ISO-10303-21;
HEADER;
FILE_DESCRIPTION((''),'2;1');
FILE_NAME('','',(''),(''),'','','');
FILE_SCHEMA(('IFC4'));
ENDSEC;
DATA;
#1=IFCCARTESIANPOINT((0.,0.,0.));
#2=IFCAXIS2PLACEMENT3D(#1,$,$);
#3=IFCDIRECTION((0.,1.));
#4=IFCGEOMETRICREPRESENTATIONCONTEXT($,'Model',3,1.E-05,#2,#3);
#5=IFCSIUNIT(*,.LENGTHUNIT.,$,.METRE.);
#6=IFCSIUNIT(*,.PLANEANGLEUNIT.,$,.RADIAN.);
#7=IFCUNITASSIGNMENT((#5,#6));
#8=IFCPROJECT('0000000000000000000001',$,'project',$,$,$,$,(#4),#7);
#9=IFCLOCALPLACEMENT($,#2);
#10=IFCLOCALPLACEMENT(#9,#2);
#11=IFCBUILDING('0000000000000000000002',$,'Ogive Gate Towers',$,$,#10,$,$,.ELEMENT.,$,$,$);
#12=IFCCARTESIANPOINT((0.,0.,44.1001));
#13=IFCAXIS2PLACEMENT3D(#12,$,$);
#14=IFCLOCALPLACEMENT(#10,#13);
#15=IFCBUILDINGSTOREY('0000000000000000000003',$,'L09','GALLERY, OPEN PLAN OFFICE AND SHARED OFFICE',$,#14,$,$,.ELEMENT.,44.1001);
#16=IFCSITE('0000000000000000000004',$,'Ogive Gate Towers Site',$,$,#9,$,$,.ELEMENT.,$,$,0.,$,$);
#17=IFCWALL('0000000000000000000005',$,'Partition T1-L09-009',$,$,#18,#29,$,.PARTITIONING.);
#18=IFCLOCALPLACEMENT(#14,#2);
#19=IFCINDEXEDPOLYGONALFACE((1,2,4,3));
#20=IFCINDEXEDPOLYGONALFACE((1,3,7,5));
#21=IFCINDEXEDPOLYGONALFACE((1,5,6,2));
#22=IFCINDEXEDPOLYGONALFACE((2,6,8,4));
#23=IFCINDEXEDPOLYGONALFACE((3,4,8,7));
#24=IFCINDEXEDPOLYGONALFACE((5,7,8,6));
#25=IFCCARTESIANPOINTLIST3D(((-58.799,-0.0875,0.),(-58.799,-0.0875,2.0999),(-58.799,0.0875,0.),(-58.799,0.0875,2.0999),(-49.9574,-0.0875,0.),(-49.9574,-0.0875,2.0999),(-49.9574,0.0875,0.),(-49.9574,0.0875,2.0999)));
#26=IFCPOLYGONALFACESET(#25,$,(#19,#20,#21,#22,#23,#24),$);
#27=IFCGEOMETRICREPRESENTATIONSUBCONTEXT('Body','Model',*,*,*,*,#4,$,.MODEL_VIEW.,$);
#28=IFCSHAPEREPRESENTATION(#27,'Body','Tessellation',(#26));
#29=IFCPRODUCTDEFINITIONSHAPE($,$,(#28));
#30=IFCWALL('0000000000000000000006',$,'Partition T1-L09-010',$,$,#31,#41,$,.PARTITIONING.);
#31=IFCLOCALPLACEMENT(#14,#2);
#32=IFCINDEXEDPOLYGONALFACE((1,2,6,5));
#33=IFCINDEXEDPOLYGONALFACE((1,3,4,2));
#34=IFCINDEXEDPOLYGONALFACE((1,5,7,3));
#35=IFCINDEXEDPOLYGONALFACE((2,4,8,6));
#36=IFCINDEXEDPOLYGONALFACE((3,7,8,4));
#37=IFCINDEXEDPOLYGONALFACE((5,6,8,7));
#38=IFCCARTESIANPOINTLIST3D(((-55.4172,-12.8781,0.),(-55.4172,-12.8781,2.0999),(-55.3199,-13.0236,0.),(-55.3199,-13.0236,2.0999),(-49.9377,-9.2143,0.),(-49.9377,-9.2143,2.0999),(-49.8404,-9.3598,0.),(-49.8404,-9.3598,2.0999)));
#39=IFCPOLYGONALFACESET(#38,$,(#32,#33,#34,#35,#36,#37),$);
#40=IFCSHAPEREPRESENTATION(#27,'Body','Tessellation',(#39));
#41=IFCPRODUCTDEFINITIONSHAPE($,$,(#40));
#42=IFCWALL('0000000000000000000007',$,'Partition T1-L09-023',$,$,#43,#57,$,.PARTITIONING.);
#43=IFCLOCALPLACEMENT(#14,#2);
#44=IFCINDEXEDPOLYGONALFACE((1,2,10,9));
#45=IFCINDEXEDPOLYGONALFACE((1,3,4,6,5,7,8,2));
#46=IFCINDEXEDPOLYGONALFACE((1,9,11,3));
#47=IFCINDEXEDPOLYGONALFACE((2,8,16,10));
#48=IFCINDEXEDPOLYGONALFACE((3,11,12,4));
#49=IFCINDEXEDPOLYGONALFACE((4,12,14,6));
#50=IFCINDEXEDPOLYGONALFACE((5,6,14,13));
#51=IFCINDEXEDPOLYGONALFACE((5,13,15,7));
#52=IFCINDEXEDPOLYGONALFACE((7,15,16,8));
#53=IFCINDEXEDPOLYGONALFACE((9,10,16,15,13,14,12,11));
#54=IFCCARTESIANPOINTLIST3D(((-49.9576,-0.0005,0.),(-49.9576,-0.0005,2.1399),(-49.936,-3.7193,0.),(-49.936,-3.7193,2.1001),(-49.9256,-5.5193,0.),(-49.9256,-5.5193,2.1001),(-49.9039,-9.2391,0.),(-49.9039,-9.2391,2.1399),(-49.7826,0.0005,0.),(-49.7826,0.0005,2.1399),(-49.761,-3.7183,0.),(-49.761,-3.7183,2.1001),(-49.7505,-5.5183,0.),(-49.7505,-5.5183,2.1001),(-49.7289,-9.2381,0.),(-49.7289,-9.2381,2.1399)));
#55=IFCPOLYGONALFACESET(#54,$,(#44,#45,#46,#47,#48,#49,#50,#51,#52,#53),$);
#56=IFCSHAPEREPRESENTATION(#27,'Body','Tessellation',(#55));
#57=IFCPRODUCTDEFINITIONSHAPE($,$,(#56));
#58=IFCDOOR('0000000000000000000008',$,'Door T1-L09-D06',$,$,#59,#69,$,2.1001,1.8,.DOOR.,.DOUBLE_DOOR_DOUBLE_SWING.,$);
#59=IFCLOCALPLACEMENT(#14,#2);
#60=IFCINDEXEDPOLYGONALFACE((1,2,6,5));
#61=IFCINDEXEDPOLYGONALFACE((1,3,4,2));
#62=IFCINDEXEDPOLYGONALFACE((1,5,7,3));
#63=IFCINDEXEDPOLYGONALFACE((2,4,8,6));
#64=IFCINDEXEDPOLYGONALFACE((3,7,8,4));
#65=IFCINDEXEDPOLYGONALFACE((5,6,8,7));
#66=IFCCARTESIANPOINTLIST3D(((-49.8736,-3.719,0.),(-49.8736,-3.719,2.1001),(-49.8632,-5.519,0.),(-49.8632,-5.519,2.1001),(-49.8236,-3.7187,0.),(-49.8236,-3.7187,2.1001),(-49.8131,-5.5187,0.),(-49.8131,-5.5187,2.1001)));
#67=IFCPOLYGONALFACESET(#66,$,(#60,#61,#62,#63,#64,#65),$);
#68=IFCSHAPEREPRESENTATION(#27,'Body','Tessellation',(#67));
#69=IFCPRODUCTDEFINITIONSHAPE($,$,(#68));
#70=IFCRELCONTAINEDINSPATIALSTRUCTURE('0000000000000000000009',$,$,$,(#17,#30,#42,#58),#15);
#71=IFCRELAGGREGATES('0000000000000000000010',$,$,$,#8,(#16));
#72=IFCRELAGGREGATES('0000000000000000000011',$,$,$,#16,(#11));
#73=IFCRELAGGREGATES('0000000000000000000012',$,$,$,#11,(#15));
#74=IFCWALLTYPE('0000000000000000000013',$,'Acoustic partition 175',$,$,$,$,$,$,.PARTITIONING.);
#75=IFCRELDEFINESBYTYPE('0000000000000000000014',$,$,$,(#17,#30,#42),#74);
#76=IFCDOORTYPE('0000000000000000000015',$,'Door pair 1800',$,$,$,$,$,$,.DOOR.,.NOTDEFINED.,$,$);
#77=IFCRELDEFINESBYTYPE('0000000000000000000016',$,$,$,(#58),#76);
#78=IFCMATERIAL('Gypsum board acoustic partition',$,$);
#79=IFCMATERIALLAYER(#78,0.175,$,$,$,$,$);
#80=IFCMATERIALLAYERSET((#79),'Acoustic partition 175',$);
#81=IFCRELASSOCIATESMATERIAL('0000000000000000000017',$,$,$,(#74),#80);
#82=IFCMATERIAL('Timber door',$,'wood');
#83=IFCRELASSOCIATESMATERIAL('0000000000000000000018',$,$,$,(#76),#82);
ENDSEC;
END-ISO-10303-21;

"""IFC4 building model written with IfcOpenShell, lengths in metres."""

from ifc_helpers import new_model, si_unit, direction, frame, frame_2d, origin, place, context, subcontext, project, spatial, rectangle, extrude, material, layer, layer_set, type_object, element, fill, save


model = new_model("IFC4")

# Units and contexts
model_context = context("Model", 3, precision=1e-05, world=origin(), true_north=direction((0.0, 1.0)))
body_context = subcontext(model_context, "Body", "Model", "MODEL_VIEW")
ifc_project = project(units=[si_unit("LENGTHUNIT", "METRE"), si_unit("PLANEANGLEUNIT", "RADIAN")], contexts=[model_context])

# Site, building, storey
site_placement = place(None, origin())
site = spatial("IfcSite", under=ifc_project, at=site_placement, Name="Ogive Gate Towers Site", CompositionType="ELEMENT", RefElevation=0.0)
building_placement = place(site_placement, origin())
building = spatial("IfcBuilding", under=site, at=building_placement, Name="Ogive Gate Towers", CompositionType="ELEMENT")
storey_placement = place(building_placement, frame((0.0, 0.0, 44.1001)))
storey = spatial("IfcBuildingStorey", under=building, at=storey_placement, Name="L09", Description="GALLERY, OPEN PLAN OFFICE AND SHARED OFFICE", CompositionType="ELEMENT", Elevation=44.1001)

# Walls
ifc_material_1 = material(Name="Gypsum board acoustic partition")
ifc_layer_1 = layer(ifc_material_1, 0.175)
ifc_layer_set_1 = layer_set([ifc_layer_1], Name="Acoustic partition 175")
wall_type = type_object("IfcWallType", Name="Acoustic partition 175", PredefinedType="PARTITIONING", material=ifc_layer_set_1)
wall_1_placement = place(storey_placement, frame((-58.7991, 0.0, 0.0), z_axis=(0.0, 0.0, 1.0), x_axis=(1.0, 0.0, 0.0)))
element("IfcWall", 1, at=wall_1_placement, inside=storey, type_object=wall_type, Name="Partition T1-L09-009", PredefinedType="PARTITIONING", context=body_context, shape_type="SweptSolid", body=[
    extrude(rectangle(XDim=8.8416, YDim=0.175, at=frame_2d((4.4209, 0.0))), origin(), (0.0, 0.0, 1.0), 2.0999),
])
wall_2_placement = place(storey_placement, frame((-55.3687, -12.9509, 0.0), z_axis=(0.0, 0.0, 1.0), x_axis=(0.831292, 0.555836, 0.0)))
element("IfcWall", 2, at=wall_2_placement, inside=storey, type_object=wall_type, Name="Partition T1-L09-010", PredefinedType="PARTITIONING", context=body_context, shape_type="SweptSolid", body=[
    extrude(rectangle(XDim=6.5916, YDim=0.175, at=frame_2d((3.2959, 0.0))), origin(), (0.0, 0.0, 1.0), 2.0999),
])

# Wall, opening, door
wall_3_placement = place(storey_placement, frame((-49.8701, 0.0, 0.0), z_axis=(0.0, 0.0, 1.0), x_axis=(0.005814, -0.999983, 0.0)))
wall_3 = element("IfcWall", 3, at=wall_3_placement, inside=storey, type_object=wall_type, Name="Partition T1-L09-023", PredefinedType="PARTITIONING", context=body_context, shape_type="SweptSolid", body=[
    extrude(rectangle(XDim=9.2388, YDim=0.175, at=frame_2d((4.6194, 0.0))), origin(), (0.0, 0.0, 1.0), 2.1399),
])
opening_placement = place(wall_3_placement, frame((3.719, 0.0, 0.0)))
opening = element("IfcOpeningElement", 4, at=opening_placement, cuts=wall_3, PredefinedType="OPENING", context=body_context, shape_type="SweptSolid", body=[
    extrude(rectangle(XDim=1.8, YDim=2.1001, at=frame_2d((0.8999, 1.05))), frame((0.0, 0.0977, 0.0), z_axis=(0.0, -1.0, 0.0), x_axis=(1.0, 0.0, 0.0)), (0.0, 0.0, 1.0), 0.1951),
])
ifc_material_2 = material(Name="Timber door", Category="wood")
door_type = type_object("IfcDoorType", Name="Door pair 1800", OperationType="NOTDEFINED", PredefinedType="DOOR", material=ifc_material_2)
door_placement = place(opening_placement, origin())
door = element("IfcDoor", 5, at=door_placement, inside=storey, type_object=door_type, Name="Door T1-L09-D06", OperationType="DOUBLE_DOOR_DOUBLE_SWING", OverallHeight=2.1001, OverallWidth=1.8, PredefinedType="DOOR", context=body_context, shape_type="SweptSolid", body=[
    extrude(rectangle(XDim=1.8, YDim=2.1001, at=frame_2d((0.8999, 1.05))), frame((0.0, 0.0249, 0.0), z_axis=(0.0, -1.0, 0.0), x_axis=(1.0, 0.0, 0.0)), (0.0, 0.0, 1.0), 0.05),
])
fill(opening, door)

save(model, "model.ifc")
